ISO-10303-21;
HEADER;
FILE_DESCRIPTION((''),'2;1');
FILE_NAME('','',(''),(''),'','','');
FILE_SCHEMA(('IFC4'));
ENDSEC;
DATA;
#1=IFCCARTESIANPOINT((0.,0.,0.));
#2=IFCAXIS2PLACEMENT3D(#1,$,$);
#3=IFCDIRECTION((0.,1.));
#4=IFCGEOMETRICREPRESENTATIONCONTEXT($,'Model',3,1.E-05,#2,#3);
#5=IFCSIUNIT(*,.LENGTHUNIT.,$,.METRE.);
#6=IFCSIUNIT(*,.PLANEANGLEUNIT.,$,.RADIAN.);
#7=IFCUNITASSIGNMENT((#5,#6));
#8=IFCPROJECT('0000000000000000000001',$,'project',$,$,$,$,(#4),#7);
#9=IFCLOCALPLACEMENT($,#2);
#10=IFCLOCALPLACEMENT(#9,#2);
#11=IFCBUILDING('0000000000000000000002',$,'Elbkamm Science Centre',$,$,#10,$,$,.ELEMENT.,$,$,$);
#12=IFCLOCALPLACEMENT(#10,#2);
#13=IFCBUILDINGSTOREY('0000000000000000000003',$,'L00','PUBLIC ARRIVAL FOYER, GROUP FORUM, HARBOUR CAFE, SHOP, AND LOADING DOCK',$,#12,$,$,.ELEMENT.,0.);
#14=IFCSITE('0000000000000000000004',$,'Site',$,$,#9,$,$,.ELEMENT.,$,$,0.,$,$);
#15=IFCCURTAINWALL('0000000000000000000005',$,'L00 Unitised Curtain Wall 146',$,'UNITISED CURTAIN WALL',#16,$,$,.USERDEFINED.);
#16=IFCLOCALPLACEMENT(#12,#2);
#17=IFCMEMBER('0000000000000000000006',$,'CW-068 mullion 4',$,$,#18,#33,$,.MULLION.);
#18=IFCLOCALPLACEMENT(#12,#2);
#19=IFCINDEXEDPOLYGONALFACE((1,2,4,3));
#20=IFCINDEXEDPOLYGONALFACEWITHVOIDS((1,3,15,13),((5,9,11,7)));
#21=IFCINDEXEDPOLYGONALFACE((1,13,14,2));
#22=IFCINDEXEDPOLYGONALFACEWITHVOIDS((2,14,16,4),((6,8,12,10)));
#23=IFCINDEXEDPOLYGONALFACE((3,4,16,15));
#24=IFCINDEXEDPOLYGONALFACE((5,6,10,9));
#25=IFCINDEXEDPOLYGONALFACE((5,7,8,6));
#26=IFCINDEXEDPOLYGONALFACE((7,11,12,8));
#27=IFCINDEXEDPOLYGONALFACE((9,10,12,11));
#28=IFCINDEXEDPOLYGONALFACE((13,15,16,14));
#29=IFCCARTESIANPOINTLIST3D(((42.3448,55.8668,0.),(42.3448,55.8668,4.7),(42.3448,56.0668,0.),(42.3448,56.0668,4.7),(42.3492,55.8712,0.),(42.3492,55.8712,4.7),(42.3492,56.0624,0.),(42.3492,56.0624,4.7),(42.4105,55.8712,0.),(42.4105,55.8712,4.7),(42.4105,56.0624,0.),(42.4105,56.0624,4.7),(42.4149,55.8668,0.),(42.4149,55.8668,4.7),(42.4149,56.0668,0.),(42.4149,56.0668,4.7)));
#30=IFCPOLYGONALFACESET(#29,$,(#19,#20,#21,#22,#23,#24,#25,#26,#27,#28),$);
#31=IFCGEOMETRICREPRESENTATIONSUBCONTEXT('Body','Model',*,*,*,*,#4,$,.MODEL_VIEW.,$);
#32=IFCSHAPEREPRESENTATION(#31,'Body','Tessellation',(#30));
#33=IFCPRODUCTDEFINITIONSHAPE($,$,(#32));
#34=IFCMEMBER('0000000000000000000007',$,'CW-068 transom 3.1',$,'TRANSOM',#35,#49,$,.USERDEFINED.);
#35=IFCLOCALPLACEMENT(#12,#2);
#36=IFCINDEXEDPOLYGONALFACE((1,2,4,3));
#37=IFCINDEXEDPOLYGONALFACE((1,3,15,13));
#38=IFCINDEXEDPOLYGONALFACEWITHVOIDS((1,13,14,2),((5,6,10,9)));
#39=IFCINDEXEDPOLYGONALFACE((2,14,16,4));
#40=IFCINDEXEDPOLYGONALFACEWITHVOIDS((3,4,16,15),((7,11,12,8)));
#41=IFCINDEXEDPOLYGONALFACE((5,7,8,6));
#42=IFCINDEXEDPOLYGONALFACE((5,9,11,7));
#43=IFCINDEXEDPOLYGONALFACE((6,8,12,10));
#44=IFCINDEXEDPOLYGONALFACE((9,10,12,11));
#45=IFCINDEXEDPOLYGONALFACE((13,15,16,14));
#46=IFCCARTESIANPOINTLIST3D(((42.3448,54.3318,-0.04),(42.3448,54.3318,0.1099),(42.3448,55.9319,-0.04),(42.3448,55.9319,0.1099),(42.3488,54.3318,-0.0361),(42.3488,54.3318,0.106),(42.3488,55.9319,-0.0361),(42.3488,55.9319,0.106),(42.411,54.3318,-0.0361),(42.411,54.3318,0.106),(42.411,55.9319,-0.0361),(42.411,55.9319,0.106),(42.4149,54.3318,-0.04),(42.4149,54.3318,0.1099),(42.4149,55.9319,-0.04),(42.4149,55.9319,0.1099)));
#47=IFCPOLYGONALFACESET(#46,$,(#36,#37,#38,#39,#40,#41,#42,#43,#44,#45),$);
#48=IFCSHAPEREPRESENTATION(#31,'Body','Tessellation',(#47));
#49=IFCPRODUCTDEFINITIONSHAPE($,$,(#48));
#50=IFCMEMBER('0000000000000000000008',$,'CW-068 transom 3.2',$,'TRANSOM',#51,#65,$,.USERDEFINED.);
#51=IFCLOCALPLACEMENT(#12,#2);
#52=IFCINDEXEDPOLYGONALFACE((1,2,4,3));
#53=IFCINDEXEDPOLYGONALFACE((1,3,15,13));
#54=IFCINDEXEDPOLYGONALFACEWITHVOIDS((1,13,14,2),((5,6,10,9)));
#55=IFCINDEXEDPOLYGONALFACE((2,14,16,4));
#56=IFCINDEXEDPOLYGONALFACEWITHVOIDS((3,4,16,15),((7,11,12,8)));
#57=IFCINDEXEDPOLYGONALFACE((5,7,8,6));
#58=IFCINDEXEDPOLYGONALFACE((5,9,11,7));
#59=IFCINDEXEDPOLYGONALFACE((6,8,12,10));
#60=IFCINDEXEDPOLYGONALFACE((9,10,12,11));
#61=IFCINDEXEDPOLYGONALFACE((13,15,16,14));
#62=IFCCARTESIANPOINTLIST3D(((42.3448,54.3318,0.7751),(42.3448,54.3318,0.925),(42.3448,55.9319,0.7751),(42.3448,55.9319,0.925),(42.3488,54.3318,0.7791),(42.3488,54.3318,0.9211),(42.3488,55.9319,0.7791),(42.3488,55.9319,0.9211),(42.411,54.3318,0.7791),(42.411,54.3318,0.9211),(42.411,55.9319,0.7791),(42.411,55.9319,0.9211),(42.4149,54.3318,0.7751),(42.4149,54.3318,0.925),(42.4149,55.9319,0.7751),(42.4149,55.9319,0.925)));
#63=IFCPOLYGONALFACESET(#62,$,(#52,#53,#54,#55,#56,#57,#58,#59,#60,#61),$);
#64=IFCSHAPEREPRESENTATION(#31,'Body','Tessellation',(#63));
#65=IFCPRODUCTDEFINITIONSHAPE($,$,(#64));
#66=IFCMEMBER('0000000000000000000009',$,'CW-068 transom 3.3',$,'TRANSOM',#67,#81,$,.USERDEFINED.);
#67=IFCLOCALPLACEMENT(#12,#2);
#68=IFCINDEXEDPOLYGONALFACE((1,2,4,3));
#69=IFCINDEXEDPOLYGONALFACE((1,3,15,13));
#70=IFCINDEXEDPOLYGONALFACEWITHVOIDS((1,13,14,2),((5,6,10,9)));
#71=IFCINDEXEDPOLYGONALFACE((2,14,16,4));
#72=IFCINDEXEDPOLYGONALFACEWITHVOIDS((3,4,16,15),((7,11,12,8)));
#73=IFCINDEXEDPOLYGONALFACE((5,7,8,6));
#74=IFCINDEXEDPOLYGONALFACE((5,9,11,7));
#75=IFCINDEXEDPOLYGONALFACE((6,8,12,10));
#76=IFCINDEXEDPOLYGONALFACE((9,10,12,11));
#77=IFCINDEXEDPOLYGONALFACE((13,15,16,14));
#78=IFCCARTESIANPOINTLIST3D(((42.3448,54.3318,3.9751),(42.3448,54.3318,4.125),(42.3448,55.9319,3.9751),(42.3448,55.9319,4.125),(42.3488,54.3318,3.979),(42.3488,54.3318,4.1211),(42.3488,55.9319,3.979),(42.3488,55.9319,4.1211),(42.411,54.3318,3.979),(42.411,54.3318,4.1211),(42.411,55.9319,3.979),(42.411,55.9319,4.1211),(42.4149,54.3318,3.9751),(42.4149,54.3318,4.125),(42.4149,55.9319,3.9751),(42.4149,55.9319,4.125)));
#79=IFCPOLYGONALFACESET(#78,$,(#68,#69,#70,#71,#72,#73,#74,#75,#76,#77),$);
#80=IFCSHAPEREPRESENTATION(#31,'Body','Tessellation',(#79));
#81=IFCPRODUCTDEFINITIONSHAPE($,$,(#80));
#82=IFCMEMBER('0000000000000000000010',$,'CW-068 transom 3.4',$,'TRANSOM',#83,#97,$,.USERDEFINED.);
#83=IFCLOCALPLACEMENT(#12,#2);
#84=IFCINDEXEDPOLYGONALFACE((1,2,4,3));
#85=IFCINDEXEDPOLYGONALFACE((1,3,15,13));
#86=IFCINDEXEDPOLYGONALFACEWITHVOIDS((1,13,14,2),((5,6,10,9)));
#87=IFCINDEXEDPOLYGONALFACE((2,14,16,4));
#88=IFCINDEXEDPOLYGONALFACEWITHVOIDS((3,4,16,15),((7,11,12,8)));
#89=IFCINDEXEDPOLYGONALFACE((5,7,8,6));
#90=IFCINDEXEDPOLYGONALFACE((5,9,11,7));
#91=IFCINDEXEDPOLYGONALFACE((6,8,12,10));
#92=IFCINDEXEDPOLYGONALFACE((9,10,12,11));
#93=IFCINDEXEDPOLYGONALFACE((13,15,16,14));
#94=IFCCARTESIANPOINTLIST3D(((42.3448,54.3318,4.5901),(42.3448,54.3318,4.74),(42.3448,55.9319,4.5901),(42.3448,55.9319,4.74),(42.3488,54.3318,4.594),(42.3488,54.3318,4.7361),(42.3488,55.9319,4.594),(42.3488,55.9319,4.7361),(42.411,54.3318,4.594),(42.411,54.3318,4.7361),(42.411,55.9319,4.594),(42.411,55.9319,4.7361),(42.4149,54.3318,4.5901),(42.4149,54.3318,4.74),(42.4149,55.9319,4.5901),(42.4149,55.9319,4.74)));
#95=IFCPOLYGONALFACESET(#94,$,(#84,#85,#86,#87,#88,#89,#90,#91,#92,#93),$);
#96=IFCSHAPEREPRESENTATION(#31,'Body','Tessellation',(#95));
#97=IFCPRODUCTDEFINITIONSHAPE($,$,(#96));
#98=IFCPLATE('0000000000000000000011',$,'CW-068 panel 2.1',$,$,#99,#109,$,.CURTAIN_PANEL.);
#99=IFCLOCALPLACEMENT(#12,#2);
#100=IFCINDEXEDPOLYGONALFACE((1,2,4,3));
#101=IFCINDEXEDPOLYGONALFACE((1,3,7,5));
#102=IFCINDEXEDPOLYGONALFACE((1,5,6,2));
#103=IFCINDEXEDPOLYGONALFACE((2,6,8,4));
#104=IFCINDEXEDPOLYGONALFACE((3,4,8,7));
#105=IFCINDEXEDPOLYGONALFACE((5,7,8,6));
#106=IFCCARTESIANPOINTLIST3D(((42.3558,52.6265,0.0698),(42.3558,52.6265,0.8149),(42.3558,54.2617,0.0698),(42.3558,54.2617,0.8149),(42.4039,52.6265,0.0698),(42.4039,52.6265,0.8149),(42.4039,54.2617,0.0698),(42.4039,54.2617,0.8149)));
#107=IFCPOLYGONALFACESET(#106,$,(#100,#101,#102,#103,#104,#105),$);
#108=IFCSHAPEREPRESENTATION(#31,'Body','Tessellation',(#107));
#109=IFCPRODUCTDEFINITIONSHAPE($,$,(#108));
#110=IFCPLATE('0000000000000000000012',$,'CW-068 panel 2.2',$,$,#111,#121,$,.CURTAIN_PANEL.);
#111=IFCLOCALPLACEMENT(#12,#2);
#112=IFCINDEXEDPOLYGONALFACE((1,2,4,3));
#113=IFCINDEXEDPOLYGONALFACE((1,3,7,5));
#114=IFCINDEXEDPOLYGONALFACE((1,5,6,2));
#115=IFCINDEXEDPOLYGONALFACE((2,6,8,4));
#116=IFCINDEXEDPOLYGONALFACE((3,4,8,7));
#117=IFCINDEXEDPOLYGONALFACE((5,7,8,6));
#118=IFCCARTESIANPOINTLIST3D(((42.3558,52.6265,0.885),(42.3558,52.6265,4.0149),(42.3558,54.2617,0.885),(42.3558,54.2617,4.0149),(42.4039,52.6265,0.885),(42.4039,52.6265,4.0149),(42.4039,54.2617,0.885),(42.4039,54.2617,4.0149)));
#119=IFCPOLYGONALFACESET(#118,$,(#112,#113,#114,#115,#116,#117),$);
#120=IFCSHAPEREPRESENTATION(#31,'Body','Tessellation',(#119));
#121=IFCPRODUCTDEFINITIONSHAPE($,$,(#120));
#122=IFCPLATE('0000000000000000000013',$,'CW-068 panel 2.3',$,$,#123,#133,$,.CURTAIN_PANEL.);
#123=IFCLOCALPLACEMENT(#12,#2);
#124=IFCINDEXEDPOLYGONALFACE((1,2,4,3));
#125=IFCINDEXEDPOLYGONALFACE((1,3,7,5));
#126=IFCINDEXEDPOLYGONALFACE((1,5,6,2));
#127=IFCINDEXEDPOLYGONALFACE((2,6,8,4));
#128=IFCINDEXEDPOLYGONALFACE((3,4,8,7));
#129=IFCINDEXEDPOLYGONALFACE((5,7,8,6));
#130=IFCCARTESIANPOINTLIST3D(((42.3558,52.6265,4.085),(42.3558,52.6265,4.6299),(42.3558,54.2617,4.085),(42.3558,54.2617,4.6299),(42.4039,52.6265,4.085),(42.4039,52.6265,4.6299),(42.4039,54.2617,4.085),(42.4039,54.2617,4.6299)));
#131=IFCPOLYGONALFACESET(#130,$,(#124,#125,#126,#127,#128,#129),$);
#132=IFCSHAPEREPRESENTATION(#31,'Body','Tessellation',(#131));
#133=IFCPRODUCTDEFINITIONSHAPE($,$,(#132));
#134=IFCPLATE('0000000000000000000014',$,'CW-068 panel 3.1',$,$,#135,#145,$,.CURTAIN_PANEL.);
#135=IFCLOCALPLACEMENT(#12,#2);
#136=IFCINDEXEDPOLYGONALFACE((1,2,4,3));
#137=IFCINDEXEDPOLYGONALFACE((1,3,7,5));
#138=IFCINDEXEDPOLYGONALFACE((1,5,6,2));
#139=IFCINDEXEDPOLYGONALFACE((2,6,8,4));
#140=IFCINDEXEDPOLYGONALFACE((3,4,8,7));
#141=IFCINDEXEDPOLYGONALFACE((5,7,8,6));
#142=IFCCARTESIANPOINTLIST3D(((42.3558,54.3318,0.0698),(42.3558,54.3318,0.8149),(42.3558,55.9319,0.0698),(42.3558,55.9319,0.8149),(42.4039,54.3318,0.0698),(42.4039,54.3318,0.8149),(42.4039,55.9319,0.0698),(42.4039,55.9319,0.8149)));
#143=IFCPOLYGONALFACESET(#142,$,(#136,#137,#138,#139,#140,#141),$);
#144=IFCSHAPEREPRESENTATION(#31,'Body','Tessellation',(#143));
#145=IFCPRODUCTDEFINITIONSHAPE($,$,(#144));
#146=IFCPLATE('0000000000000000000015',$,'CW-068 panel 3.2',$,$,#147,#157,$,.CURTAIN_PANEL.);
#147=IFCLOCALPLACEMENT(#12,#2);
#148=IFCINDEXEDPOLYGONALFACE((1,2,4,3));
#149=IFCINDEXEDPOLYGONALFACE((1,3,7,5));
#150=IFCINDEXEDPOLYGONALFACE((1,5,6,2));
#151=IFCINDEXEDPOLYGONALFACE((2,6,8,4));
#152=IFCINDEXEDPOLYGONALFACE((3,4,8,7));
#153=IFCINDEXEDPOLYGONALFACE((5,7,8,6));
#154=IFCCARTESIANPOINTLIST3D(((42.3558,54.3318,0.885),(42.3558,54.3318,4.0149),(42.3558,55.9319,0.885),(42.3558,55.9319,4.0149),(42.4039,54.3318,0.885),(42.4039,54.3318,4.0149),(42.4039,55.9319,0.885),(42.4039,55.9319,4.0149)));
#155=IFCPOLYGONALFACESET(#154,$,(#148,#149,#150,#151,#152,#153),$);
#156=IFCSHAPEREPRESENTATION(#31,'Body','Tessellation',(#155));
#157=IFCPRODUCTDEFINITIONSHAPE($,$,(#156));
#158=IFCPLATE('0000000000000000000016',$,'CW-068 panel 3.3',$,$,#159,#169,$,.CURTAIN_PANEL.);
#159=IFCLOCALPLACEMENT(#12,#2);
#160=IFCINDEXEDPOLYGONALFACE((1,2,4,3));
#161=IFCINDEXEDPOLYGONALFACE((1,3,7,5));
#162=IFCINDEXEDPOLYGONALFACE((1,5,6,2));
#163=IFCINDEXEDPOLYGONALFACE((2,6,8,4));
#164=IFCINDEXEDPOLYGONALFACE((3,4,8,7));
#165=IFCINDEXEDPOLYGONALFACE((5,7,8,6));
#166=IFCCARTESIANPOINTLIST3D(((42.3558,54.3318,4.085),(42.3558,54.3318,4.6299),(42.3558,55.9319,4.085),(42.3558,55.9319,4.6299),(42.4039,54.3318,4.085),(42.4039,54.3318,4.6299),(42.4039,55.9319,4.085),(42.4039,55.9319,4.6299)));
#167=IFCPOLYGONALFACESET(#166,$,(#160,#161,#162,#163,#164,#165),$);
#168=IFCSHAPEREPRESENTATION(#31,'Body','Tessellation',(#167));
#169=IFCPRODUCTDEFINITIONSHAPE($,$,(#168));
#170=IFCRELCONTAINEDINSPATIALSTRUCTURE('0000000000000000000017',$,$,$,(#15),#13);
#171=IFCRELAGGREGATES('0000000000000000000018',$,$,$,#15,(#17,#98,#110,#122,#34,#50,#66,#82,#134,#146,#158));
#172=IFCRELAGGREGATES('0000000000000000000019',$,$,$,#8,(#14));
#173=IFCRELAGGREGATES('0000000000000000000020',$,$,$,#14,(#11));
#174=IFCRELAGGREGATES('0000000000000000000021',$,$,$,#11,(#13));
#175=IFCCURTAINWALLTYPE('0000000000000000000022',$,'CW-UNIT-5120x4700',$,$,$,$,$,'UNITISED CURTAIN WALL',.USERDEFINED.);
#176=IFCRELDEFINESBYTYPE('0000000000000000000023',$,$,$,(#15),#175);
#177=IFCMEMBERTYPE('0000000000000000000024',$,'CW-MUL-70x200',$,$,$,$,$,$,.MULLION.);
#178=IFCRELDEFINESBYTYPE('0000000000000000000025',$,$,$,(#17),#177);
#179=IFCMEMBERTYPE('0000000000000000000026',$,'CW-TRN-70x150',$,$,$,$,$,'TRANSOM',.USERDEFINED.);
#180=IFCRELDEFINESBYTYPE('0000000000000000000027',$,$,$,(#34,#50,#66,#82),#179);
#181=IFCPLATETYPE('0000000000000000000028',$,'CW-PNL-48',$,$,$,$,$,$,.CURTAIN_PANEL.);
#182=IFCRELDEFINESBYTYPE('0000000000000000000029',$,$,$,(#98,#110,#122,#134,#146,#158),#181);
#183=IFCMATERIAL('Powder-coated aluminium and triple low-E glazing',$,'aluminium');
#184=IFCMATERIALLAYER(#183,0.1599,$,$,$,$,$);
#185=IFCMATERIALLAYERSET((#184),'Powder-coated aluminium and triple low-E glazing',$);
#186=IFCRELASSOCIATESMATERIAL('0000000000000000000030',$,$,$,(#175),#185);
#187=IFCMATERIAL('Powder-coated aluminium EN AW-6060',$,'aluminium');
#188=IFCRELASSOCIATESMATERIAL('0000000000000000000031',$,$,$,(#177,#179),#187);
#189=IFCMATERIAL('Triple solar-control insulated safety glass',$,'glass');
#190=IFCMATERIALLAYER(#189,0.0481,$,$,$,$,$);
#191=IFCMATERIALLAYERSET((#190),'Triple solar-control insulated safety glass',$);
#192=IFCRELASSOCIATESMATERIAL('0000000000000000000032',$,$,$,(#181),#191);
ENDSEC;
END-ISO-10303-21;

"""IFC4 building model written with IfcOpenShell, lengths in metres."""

from ifc_helpers import new_model, si_unit, direction, frame, origin, origin_2d, place, context, subcontext, project, spatial, rectangle, hollow_rectangle, extrude, material, layer, layer_set, material_profile, profile_set, type_object, element, aggregate, save


model = new_model("IFC4")

# Units and contexts
model_context = context("Model", 3, precision=1e-05, world=origin(), true_north=direction((0.0, 1.0)))
body_context = subcontext(model_context, "Body", "Model", "MODEL_VIEW")
ifc_project = project(units=[si_unit("LENGTHUNIT", "METRE"), si_unit("PLANEANGLEUNIT", "RADIAN")], contexts=[model_context])

# Site, building, storey
site_placement = place(None, origin())
site = spatial("IfcSite", under=ifc_project, at=site_placement, Name="Site", CompositionType="ELEMENT", RefElevation=0.0)
building_placement = place(site_placement, origin())
building = spatial("IfcBuilding", under=site, at=building_placement, Name="Elbkamm Science Centre", CompositionType="ELEMENT")
storey_placement = place(building_placement, origin())
storey = spatial("IfcBuildingStorey", under=building, at=storey_placement, Name="L00", Description="PUBLIC ARRIVAL FOYER, GROUP FORUM, HARBOUR CAFE, SHOP, AND LOADING DOCK", CompositionType="ELEMENT", Elevation=0.0)

# Curtain wall, members, plates
ifc_material_1 = material(Name="Powder-coated aluminium and triple low-E glazing", Category="aluminium")
ifc_layer_1 = layer(ifc_material_1, 0.1599)
ifc_layer_set_1 = layer_set([ifc_layer_1], Name="Powder-coated aluminium and triple low-E glazing")
curtain_wall_type = type_object("IfcCurtainWallType", Name="CW-UNIT-5120x4700", ElementType="UNITISED CURTAIN WALL", PredefinedType="USERDEFINED", material=ifc_layer_set_1)
curtain_wall_placement = place(storey_placement, origin())
curtain_wall = element("IfcCurtainWall", 1, at=curtain_wall_placement, inside=storey, type_object=curtain_wall_type, Name="L00 Unitised Curtain Wall 146", ObjectType="UNITISED CURTAIN WALL", PredefinedType="USERDEFINED")
ifc_material_2 = material(Name="Powder-coated aluminium EN AW-6060", Category="aluminium")
ifc_material_profile_1 = material_profile(ifc_material_2, hollow_rectangle(XDim=0.0701, YDim=0.2, WallThickness=0.0044, at=origin_2d()), Name="ALU M70x200")
ifc_profile_set_1 = profile_set([ifc_material_profile_1], Name="Powder-coated aluminium EN AW-6060")
member_type_1 = type_object("IfcMemberType", Name="CW-MUL-70x200", PredefinedType="MULLION", material=ifc_profile_set_1)
member_1_placement = place(storey_placement, frame((42.3799, 55.9668, 0.0), z_axis=(0.0, 0.0, 1.0), x_axis=(-1.0, 0.0, 0.0)))
member_1 = element("IfcMember", 2, at=member_1_placement, type_object=member_type_1, Name="CW-068 mullion 4", PredefinedType="MULLION", context=body_context, shape_type="SweptSolid", body=[
    extrude(hollow_rectangle(XDim=0.0701, YDim=0.2, WallThickness=0.0044, at=origin_2d()), origin(), (0.0, 0.0, 1.0), 4.7),
])
ifc_material_profile_2 = material_profile(ifc_material_2, hollow_rectangle(XDim=0.0701, YDim=0.1499, WallThickness=0.0039, at=origin_2d()), Name="ALU T70x150")
ifc_profile_set_2 = profile_set([ifc_material_profile_2], Name="Powder-coated aluminium EN AW-6060")
member_type_2 = type_object("IfcMemberType", Name="CW-TRN-70x150", ElementType="TRANSOM", PredefinedType="USERDEFINED", material=ifc_profile_set_2)
member_2_placement = place(storey_placement, frame((42.3799, 54.3318, 0.0349), z_axis=(0.0, 1.0, 0.0), x_axis=(-1.0, 0.0, 0.0)))
member_2 = element("IfcMember", 3, at=member_2_placement, type_object=member_type_2, Name="CW-068 transom 3.1", ObjectType="TRANSOM", PredefinedType="USERDEFINED", context=body_context, shape_type="SweptSolid", body=[
    extrude(hollow_rectangle(XDim=0.0701, YDim=0.1499, WallThickness=0.0039, at=origin_2d()), origin(), (0.0, 0.0, 1.0), 1.6001),
])
member_3_placement = place(storey_placement, frame((42.3799, 54.3318, 0.8501), z_axis=(0.0, 1.0, 0.0), x_axis=(-1.0, 0.0, 0.0)))
member_3 = element("IfcMember", 4, at=member_3_placement, type_object=member_type_2, Name="CW-068 transom 3.2", ObjectType="TRANSOM", PredefinedType="USERDEFINED", context=body_context, shape_type="SweptSolid", body=[
    extrude(hollow_rectangle(XDim=0.0701, YDim=0.1499, WallThickness=0.0039, at=origin_2d()), origin(), (0.0, 0.0, 1.0), 1.6001),
])
member_4_placement = place(storey_placement, frame((42.3799, 54.3318, 4.05), z_axis=(0.0, 1.0, 0.0), x_axis=(-1.0, 0.0, 0.0)))
member_4 = element("IfcMember", 5, at=member_4_placement, type_object=member_type_2, Name="CW-068 transom 3.3", ObjectType="TRANSOM", PredefinedType="USERDEFINED", context=body_context, shape_type="SweptSolid", body=[
    extrude(hollow_rectangle(XDim=0.0701, YDim=0.1499, WallThickness=0.0039, at=origin_2d()), origin(), (0.0, 0.0, 1.0), 1.6001),
])
member_5_placement = place(storey_placement, frame((42.3799, 54.3318, 4.665), z_axis=(0.0, 1.0, 0.0), x_axis=(-1.0, 0.0, 0.0)))
member_5 = element("IfcMember", 6, at=member_5_placement, type_object=member_type_2, Name="CW-068 transom 3.4", ObjectType="TRANSOM", PredefinedType="USERDEFINED", context=body_context, shape_type="SweptSolid", body=[
    extrude(hollow_rectangle(XDim=0.0701, YDim=0.1499, WallThickness=0.0039, at=origin_2d()), origin(), (0.0, 0.0, 1.0), 1.6001),
])
ifc_material_3 = material(Name="Triple solar-control insulated safety glass", Category="glass")
ifc_layer_2 = layer(ifc_material_3, 0.0481)
ifc_layer_set_2 = layer_set([ifc_layer_2], Name="Triple solar-control insulated safety glass")
plate_type = type_object("IfcPlateType", Name="CW-PNL-48", PredefinedType="CURTAIN_PANEL", material=ifc_layer_set_2)
plate_1_placement = place(storey_placement, frame((42.3799, 53.4441, 0.0698), z_axis=(0.0, 0.0, 1.0), x_axis=(0.0, 1.0, 0.0)))
plate_1 = element("IfcPlate", 7, at=plate_1_placement, type_object=plate_type, Name="CW-068 panel 2.1", PredefinedType="CURTAIN_PANEL", context=body_context, shape_type="SweptSolid", body=[
    extrude(rectangle(XDim=1.6353, YDim=0.0481, at=origin_2d()), origin(), (0.0, 0.0, 1.0), 0.7451),
])
plate_2_placement = place(storey_placement, frame((42.3799, 53.4441, 0.885), z_axis=(0.0, 0.0, 1.0), x_axis=(0.0, 1.0, 0.0)))
plate_2 = element("IfcPlate", 8, at=plate_2_placement, type_object=plate_type, Name="CW-068 panel 2.2", PredefinedType="CURTAIN_PANEL", context=body_context, shape_type="SweptSolid", body=[
    extrude(rectangle(XDim=1.6353, YDim=0.0481, at=origin_2d()), origin(), (0.0, 0.0, 1.0), 3.1299),
])
plate_3_placement = place(storey_placement, frame((42.3799, 53.4441, 4.085), z_axis=(0.0, 0.0, 1.0), x_axis=(0.0, 1.0, 0.0)))
plate_3 = element("IfcPlate", 9, at=plate_3_placement, type_object=plate_type, Name="CW-068 panel 2.3", PredefinedType="CURTAIN_PANEL", context=body_context, shape_type="SweptSolid", body=[
    extrude(rectangle(XDim=1.6353, YDim=0.0481, at=origin_2d()), origin(), (0.0, 0.0, 1.0), 0.5449),
])
plate_4_placement = place(storey_placement, frame((42.3799, 55.1318, 0.0698), z_axis=(0.0, 0.0, 1.0), x_axis=(0.0, 1.0, 0.0)))
plate_4 = element("IfcPlate", 10, at=plate_4_placement, type_object=plate_type, Name="CW-068 panel 3.1", PredefinedType="CURTAIN_PANEL", context=body_context, shape_type="SweptSolid", body=[
    extrude(rectangle(XDim=1.6001, YDim=0.0481, at=origin_2d()), origin(), (0.0, 0.0, 1.0), 0.7451),
])
plate_5_placement = place(storey_placement, frame((42.3799, 55.1318, 0.885), z_axis=(0.0, 0.0, 1.0), x_axis=(0.0, 1.0, 0.0)))
plate_5 = element("IfcPlate", 11, at=plate_5_placement, type_object=plate_type, Name="CW-068 panel 3.2", PredefinedType="CURTAIN_PANEL", context=body_context, shape_type="SweptSolid", body=[
    extrude(rectangle(XDim=1.6001, YDim=0.0481, at=origin_2d()), origin(), (0.0, 0.0, 1.0), 3.1299),
])
plate_6_placement = place(storey_placement, frame((42.3799, 55.1318, 4.085), z_axis=(0.0, 0.0, 1.0), x_axis=(0.0, 1.0, 0.0)))
plate_6 = element("IfcPlate", 12, at=plate_6_placement, type_object=plate_type, Name="CW-068 panel 3.3", PredefinedType="CURTAIN_PANEL", context=body_context, shape_type="SweptSolid", body=[
    extrude(rectangle(XDim=1.6001, YDim=0.0481, at=origin_2d()), origin(), (0.0, 0.0, 1.0), 0.5449),
])
aggregate(curtain_wall, [member_1, plate_1, plate_2, plate_3, member_2, member_3, member_4, member_5, plate_4, plate_5, plate_6])

save(model, "model.ifc")
